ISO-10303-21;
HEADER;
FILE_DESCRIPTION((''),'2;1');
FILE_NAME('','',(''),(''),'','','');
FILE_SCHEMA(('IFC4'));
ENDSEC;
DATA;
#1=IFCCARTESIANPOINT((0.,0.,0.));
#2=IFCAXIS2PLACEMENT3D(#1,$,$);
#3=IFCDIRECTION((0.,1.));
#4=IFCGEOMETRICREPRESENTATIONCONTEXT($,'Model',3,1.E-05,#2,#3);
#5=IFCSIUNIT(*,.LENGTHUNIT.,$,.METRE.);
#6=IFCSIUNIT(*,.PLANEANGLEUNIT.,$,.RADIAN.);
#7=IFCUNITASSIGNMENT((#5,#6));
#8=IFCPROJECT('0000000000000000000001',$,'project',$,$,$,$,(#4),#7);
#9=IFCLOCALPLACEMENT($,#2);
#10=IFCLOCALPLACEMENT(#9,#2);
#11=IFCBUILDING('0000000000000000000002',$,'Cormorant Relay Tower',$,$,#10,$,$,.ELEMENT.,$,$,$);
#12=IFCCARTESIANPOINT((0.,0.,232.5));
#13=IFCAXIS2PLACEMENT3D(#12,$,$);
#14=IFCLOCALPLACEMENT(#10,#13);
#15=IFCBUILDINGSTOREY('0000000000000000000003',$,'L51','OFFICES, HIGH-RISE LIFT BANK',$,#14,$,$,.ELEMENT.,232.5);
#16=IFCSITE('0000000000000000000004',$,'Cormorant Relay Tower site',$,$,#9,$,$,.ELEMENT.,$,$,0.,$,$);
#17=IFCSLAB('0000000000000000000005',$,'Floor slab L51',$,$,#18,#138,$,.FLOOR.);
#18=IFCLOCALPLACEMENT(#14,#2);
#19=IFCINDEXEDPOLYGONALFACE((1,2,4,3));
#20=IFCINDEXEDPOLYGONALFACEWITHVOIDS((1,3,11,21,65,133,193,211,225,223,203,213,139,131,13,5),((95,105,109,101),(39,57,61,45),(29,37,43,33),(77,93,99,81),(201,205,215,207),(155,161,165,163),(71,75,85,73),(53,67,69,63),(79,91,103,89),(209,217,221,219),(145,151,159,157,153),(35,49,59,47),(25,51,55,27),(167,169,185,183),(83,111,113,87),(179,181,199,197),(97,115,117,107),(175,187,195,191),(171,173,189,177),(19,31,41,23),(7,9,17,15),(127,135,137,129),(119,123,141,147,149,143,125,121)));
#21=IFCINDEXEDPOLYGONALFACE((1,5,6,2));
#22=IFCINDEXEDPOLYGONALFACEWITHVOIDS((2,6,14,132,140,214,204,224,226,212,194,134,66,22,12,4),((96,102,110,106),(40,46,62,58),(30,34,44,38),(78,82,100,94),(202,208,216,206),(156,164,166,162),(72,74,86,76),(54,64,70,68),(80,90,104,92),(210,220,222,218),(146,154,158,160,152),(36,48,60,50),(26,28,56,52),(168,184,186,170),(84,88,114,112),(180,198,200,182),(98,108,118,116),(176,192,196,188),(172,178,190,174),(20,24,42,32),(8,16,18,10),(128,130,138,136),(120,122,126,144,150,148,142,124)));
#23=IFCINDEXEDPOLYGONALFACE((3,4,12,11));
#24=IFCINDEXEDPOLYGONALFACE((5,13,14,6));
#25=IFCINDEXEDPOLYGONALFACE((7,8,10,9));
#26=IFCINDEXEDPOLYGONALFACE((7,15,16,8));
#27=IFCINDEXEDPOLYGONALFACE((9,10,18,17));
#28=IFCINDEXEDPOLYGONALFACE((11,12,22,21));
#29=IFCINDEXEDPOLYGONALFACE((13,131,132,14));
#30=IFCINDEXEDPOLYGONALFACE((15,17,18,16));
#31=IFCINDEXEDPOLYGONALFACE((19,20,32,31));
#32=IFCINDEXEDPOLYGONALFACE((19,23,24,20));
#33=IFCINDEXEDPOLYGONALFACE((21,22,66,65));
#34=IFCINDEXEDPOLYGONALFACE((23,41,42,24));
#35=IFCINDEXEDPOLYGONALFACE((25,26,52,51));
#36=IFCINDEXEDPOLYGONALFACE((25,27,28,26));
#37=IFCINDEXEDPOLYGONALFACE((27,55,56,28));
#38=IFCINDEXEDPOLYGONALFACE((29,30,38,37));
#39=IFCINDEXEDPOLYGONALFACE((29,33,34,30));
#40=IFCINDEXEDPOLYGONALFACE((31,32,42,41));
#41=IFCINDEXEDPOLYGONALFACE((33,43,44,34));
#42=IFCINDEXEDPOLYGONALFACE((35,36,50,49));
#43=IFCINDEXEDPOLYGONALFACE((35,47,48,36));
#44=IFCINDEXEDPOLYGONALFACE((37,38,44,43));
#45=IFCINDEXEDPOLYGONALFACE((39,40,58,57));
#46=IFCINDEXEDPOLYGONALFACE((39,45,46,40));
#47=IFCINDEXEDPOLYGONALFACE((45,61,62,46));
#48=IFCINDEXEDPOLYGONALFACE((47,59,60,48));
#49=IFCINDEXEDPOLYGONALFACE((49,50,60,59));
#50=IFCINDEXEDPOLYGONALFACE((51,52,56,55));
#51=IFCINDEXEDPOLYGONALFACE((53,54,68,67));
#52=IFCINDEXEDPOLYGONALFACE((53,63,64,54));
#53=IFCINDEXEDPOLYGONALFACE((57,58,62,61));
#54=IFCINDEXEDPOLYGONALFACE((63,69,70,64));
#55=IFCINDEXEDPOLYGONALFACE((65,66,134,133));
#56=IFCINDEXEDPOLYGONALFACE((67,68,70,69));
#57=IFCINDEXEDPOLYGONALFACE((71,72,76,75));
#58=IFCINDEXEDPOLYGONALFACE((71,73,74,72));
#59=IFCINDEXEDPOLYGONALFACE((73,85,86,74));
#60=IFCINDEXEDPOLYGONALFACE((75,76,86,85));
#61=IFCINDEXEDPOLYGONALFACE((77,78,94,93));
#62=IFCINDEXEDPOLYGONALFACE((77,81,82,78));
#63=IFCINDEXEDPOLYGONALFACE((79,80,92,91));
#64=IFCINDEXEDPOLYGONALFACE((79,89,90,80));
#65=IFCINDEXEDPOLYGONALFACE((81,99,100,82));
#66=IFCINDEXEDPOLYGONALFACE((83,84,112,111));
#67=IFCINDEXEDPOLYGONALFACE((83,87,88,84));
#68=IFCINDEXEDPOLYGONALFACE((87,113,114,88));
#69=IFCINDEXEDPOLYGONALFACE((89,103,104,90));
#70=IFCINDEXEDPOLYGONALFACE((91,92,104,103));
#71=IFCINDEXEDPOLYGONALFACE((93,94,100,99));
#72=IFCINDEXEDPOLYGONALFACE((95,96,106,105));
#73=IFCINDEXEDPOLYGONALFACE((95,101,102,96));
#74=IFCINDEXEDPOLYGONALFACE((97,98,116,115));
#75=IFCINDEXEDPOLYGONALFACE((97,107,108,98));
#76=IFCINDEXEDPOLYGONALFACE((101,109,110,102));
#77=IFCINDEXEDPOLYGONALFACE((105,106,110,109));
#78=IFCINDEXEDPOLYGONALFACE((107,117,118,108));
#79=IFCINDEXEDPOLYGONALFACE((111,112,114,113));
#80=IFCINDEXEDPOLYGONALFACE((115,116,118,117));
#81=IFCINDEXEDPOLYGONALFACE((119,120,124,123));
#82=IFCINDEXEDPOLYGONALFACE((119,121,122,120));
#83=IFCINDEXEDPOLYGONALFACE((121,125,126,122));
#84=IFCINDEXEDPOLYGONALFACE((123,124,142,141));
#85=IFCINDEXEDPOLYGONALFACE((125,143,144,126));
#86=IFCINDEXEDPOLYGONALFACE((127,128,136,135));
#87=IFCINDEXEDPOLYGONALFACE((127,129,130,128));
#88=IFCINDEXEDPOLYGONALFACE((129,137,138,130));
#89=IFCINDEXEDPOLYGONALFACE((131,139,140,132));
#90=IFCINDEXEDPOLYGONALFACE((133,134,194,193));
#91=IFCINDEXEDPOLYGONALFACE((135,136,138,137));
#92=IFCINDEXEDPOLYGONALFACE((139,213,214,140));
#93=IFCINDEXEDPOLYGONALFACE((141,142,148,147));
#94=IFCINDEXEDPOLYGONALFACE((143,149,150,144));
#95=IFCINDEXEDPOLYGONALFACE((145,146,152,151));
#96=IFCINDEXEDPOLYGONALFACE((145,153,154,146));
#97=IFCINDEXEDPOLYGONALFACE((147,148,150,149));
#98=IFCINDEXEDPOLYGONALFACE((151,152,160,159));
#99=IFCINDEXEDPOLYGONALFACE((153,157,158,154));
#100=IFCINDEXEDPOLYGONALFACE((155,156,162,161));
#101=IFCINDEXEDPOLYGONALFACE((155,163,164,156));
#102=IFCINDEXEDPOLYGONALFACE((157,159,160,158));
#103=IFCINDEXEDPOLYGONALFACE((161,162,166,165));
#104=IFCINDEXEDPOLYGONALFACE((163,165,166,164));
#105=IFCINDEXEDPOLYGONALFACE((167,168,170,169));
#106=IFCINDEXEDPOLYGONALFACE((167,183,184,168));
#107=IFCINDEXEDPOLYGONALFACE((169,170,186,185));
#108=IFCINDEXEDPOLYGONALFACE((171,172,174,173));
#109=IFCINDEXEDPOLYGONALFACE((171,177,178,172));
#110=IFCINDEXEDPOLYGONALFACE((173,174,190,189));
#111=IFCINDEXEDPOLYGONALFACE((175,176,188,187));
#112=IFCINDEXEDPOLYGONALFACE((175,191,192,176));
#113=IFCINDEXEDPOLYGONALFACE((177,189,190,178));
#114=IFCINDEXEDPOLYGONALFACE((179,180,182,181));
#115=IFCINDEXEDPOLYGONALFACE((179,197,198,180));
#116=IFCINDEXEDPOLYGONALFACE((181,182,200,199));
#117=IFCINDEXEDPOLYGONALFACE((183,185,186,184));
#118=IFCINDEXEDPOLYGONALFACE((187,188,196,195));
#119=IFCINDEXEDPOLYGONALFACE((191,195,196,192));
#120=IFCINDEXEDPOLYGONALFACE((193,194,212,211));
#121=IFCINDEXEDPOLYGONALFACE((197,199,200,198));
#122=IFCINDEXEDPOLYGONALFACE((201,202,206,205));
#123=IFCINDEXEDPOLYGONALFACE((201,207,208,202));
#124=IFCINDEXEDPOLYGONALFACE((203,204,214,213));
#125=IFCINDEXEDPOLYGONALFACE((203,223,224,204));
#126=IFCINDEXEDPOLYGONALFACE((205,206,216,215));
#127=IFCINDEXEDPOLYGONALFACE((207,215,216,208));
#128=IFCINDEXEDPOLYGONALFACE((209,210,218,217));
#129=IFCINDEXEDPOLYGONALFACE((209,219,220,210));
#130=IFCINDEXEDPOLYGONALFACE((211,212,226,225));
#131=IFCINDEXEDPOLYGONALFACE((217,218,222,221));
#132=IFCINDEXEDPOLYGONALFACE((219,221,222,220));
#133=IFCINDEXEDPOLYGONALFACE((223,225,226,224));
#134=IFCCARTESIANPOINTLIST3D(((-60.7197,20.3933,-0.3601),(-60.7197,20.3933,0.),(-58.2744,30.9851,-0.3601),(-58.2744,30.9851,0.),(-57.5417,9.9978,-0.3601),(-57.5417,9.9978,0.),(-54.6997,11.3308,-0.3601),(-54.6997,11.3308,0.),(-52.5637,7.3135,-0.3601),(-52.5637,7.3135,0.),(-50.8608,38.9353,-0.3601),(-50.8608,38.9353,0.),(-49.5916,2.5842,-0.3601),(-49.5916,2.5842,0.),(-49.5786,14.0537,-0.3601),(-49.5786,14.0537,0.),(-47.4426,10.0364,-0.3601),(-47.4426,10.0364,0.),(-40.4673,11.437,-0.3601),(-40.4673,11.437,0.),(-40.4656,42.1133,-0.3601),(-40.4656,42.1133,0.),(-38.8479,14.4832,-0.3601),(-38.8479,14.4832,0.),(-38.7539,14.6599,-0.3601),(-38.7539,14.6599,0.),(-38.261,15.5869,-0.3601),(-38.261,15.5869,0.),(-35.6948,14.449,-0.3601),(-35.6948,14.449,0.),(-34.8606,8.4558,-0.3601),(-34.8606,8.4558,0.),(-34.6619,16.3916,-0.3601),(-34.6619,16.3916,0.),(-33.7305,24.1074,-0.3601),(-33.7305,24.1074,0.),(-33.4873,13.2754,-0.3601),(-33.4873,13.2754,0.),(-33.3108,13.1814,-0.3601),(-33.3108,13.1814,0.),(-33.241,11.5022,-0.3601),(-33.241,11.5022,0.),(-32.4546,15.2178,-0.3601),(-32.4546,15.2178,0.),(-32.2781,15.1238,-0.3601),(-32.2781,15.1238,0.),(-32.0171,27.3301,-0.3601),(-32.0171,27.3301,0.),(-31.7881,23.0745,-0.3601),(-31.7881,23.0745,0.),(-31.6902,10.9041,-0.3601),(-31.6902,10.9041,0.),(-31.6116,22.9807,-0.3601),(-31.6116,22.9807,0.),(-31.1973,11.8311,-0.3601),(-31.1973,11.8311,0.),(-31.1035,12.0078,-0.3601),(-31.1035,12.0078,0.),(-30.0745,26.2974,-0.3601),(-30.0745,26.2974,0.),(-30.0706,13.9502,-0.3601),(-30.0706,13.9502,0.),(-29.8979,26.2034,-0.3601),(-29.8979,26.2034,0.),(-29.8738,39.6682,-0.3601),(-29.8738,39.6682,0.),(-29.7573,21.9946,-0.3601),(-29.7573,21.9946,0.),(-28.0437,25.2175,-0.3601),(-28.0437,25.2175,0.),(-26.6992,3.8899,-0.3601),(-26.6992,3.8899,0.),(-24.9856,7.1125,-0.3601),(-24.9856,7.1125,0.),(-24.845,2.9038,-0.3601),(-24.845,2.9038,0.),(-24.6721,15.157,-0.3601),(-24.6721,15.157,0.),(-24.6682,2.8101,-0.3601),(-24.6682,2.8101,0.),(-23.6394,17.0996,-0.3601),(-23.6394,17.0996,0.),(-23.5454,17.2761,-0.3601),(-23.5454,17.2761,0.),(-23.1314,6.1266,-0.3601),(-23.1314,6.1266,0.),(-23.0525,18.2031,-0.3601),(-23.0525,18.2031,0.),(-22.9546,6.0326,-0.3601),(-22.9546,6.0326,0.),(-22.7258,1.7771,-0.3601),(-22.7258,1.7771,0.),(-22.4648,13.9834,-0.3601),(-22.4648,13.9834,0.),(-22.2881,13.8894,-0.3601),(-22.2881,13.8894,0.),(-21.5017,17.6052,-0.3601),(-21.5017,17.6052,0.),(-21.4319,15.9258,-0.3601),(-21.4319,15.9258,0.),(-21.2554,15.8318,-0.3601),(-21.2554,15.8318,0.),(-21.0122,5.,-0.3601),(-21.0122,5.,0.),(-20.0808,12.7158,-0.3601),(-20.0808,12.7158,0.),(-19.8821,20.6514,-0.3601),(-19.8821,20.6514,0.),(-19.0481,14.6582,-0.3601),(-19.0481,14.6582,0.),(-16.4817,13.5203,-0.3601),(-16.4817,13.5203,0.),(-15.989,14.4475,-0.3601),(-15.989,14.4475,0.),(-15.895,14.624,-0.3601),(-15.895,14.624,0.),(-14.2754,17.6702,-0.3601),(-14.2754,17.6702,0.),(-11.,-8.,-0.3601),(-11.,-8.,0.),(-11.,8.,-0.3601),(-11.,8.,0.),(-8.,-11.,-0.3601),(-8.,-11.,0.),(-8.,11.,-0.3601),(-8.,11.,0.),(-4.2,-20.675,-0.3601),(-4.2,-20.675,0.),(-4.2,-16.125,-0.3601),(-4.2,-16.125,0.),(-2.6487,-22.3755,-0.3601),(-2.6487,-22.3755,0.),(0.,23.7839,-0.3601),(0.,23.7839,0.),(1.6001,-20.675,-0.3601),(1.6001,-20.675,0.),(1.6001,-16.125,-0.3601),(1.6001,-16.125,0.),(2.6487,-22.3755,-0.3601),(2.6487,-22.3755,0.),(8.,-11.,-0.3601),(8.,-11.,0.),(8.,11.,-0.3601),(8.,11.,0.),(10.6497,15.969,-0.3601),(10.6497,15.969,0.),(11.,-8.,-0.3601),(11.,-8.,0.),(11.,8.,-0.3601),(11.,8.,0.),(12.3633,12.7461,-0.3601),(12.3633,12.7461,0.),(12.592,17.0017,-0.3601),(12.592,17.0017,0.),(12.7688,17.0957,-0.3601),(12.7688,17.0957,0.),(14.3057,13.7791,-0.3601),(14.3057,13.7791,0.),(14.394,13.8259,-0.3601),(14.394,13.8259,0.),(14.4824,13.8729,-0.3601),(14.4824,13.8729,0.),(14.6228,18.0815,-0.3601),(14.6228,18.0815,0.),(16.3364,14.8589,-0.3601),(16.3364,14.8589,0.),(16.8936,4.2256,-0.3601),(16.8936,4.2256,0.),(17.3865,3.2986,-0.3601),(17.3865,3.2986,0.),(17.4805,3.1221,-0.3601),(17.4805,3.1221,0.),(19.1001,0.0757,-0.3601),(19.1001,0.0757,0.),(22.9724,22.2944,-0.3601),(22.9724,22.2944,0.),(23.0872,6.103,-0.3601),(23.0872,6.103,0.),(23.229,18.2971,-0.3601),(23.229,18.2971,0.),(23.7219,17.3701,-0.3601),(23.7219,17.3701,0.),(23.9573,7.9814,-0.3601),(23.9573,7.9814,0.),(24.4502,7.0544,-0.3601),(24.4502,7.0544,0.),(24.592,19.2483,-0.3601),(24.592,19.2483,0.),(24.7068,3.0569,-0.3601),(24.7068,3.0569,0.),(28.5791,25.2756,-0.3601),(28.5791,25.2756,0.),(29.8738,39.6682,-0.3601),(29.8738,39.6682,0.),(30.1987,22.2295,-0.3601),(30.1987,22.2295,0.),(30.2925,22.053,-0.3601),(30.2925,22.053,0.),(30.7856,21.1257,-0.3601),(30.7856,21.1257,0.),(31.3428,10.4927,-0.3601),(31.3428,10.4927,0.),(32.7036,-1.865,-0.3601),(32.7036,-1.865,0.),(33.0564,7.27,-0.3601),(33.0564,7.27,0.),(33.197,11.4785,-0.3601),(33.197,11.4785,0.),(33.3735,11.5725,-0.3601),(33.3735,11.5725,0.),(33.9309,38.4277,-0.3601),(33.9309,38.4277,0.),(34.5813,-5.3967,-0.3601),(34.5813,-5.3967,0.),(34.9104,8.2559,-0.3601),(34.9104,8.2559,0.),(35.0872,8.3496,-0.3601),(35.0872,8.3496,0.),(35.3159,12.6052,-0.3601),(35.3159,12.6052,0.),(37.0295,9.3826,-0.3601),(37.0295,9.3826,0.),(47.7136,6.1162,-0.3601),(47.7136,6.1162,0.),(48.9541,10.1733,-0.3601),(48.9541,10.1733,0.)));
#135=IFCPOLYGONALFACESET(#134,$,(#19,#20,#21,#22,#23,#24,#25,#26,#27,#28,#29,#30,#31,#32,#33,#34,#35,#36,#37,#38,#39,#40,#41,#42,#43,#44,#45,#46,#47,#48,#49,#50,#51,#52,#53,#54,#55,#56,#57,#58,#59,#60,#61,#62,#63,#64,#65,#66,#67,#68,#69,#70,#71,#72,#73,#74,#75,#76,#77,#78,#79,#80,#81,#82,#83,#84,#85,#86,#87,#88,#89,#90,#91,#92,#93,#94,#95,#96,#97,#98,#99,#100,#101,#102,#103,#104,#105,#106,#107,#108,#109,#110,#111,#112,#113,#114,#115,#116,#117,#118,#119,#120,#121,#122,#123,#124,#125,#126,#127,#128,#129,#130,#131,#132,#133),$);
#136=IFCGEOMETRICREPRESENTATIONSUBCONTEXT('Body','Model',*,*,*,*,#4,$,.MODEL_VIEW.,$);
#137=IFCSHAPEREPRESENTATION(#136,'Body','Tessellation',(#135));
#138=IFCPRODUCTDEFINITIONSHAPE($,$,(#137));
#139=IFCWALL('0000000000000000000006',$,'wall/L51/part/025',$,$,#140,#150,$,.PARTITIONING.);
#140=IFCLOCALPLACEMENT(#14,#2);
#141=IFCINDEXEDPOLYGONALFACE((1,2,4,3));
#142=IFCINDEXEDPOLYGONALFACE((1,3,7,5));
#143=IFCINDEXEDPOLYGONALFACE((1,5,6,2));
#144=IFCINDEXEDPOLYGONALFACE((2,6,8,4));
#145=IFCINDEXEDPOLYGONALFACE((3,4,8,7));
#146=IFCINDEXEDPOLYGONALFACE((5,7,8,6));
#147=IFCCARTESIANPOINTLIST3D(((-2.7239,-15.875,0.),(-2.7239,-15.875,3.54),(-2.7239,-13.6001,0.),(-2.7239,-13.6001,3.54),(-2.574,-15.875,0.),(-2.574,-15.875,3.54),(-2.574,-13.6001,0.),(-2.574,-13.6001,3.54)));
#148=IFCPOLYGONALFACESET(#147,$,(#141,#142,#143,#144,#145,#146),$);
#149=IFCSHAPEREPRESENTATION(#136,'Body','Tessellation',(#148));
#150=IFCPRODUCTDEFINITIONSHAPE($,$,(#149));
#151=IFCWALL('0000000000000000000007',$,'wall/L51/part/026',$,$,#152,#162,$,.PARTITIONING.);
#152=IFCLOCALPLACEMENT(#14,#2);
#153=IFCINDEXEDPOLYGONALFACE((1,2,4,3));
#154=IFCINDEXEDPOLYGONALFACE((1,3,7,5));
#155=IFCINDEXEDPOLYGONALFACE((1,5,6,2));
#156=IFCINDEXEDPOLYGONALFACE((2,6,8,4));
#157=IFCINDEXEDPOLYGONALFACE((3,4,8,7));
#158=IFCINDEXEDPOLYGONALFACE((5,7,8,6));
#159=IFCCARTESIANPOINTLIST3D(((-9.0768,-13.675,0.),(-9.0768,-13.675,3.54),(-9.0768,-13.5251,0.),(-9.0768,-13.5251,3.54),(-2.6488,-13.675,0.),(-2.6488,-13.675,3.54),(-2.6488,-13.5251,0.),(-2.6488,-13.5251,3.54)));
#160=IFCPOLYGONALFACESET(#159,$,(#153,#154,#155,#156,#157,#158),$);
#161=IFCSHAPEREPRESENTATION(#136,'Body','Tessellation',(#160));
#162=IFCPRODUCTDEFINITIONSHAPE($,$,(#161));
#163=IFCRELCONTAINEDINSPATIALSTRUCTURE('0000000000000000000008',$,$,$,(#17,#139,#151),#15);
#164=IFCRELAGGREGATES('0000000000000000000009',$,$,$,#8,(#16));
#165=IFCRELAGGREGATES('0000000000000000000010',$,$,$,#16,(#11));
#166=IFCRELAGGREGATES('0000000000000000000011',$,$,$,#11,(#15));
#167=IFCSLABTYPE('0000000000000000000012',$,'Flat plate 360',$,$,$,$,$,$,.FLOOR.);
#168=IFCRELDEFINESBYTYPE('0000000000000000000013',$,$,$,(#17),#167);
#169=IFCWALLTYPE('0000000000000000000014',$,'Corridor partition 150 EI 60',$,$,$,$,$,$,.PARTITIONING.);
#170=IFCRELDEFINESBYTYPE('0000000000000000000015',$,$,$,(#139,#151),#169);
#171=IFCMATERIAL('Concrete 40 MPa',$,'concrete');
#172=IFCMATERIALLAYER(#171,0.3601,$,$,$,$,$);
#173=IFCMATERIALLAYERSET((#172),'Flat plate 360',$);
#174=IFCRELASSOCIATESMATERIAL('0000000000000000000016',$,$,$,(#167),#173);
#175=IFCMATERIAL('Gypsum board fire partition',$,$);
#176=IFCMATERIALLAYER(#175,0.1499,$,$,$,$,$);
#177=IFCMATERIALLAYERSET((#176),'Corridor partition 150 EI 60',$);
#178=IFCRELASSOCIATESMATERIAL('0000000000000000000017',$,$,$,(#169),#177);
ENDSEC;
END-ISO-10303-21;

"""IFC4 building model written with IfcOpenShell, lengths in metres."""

from ifc_helpers import new_model, si_unit, direction, frame, frame_2d, origin, place, context, subcontext, project, spatial, polyline, rectangle, outline, extrude, material, layer, layer_set, type_object, element, save


model = new_model("IFC4")

# Units and contexts
model_context = context("Model", 3, precision=1e-05, world=origin(), true_north=direction((0.0, 1.0)))
body_context = subcontext(model_context, "Body", "Model", "MODEL_VIEW")
ifc_project = project(units=[si_unit("LENGTHUNIT", "METRE"), si_unit("PLANEANGLEUNIT", "RADIAN")], contexts=[model_context])

# Site, building, storey
site_placement = place(None, origin())
site = spatial("IfcSite", under=ifc_project, at=site_placement, Name="Cormorant Relay Tower site", CompositionType="ELEMENT", RefElevation=0.0)
building_placement = place(site_placement, origin())
building = spatial("IfcBuilding", under=site, at=building_placement, Name="Cormorant Relay Tower", CompositionType="ELEMENT")
storey_placement = place(building_placement, frame((0.0, 0.0, 232.5)))
storey = spatial("IfcBuildingStorey", under=building, at=storey_placement, Name="L51", Description="OFFICES, HIGH-RISE LIFT BANK", CompositionType="ELEMENT", Elevation=232.5)

# Slab
ifc_material_1 = material(Name="Concrete 40 MPa", Category="concrete")
ifc_layer_1 = layer(ifc_material_1, 0.3601)
ifc_layer_set_1 = layer_set([ifc_layer_1], Name="Flat plate 360")
slab_type_1 = type_object("IfcSlabType", Name="Flat plate 360", PredefinedType="FLOOR", material=ifc_layer_set_1)
slab_1_placement = place(storey_placement, frame((0.0, 0.0, -0.3601)))
element("IfcSlab", 1, at=slab_1_placement, inside=storey, type_object=slab_type_1, Name="Floor slab L51", PredefinedType="FLOOR", context=body_context, shape_type="SweptSolid", body=[
    extrude(outline(polyline([(-60.7197, 20.3933), (-58.2744, 30.9851), (-50.8608, 38.9353), (-40.4656, 42.1133), (-29.8738, 39.6682), (0.0, 23.7839), (29.8738, 39.6682), (33.9309, 38.4277), (48.9541, 10.1733), (47.7136, 6.1162), (32.7036, -1.865), (34.5813, -5.3967), (2.6487, -22.3755), (-2.6487, -22.3755), (-49.5916, 2.5842), (-57.5417, 9.9978), (-60.7197, 20.3933)]), holes=[polyline([(11.0, -8.0), (11.0, 8.0), (8.0, 11.0), (-8.0, 11.0), (-11.0, 8.0), (-11.0, -8.0), (-8.0, -11.0), (8.0, -11.0), (11.0, -8.0)]), polyline([(-22.9546, 6.0327), (-24.6682, 2.8101), (-22.7258, 1.7771), (-21.0122, 5.0), (-23.043, 6.0796), (-22.9546, 6.0327)]), polyline([(-24.9856, 7.1125), (-26.6992, 3.8899), (-24.845, 2.9038), (-23.1313, 6.1267), (-23.043, 6.0796), (-24.9856, 7.1125)]), polyline([(-54.6997, 11.3308), (-52.5637, 7.3135), (-47.4426, 10.0364), (-49.5786, 14.0537), (-54.6997, 11.3308)]), polyline([(-33.241, 11.5022), (-38.8479, 14.4832), (-40.4673, 11.437), (-34.8606, 8.4558), (-33.241, 11.5022)]), polyline([(-38.261, 15.5869), (-38.7539, 14.6599), (-31.6902, 10.9041), (-31.1973, 11.8311), (-38.261, 15.5869)]), polyline([(-31.1035, 12.0078), (-30.0706, 13.9502), (-32.2781, 15.1238), (-33.3108, 13.1814), (-31.1035, 12.0078)]), polyline([(-22.2881, 13.8894), (-20.0808, 12.7158), (-19.0481, 14.6582), (-21.2554, 15.8318), (-22.2881, 13.8894)]), polyline([(-34.6619, 16.3916), (-35.6948, 14.449), (-33.4873, 13.2754), (-32.4546, 15.2178), (-34.6619, 16.3916)]), polyline([(-22.4648, 13.9834), (-21.4319, 15.9258), (-23.6394, 17.0996), (-24.6721, 15.157), (-22.4648, 13.9834)]), polyline([(-31.6116, 22.9807), (-29.7573, 21.9946), (-28.0437, 25.2175), (-29.8979, 26.2034), (-31.6116, 22.9807)]), polyline([(-32.0171, 27.3301), (-33.7305, 24.1074), (-31.7881, 23.0745), (-30.0745, 26.2974), (-32.0171, 27.3301)]), polyline([(-4.2, -16.125), (-4.2, -20.675), (1.6001, -20.675), (1.6001, -16.125), (-4.2, -16.125)]), polyline([(17.4805, 3.1221), (19.1001, 0.0757), (24.7068, 3.0569), (23.0872, 6.103), (17.4805, 3.1221)]), polyline([(17.3865, 3.2986), (24.4502, 7.0544), (23.9573, 7.9814), (16.8936, 4.2256), (17.3865, 3.2986)]), polyline([(33.197, 11.4785), (31.3428, 10.4927), (33.0564, 7.27), (34.9104, 8.2559), (33.197, 11.4785)]), polyline([(33.3735, 11.5725), (35.0872, 8.3496), (37.0295, 9.3826), (35.3159, 12.6052), (33.3735, 11.5725)]), polyline([(14.3057, 13.7791), (12.592, 17.0017), (10.6497, 15.969), (12.3633, 12.7461), (14.394, 13.8259), (14.3057, 13.7791)]), polyline([(16.3364, 14.8589), (14.6228, 18.0815), (12.7688, 17.0957), (14.4824, 13.8728), (14.394, 13.8259), (16.3364, 14.8589)]), polyline([(-16.4817, 13.5203), (-15.989, 14.4475), (-23.0525, 18.2031), (-23.5454, 17.2761), (-16.4817, 13.5203)]), polyline([(-15.895, 14.624), (-14.2754, 17.6702), (-19.8821, 20.6514), (-21.5017, 17.6052), (-15.895, 14.624)]), polyline([(30.7856, 21.1257), (30.2925, 22.053), (23.229, 18.2971), (23.7219, 17.3701), (30.7856, 21.1257)]), polyline([(24.592, 19.2483), (30.1987, 22.2295), (28.5791, 25.2756), (22.9724, 22.2944), (24.592, 19.2483)])]), origin(), (0.0, 0.0, 1.0), 0.3601),
])

# Walls
ifc_material_2 = material(Name="Gypsum board fire partition")
ifc_layer_2 = layer(ifc_material_2, 0.1499)
ifc_layer_set_2 = layer_set([ifc_layer_2], Name="Corridor partition 150 EI 60")
wall_type_1 = type_object("IfcWallType", Name="Corridor partition 150 EI 60", PredefinedType="PARTITIONING", material=ifc_layer_set_2)
wall_1_placement = place(storey_placement, frame((-2.6489, -15.875, 0.0), z_axis=(0.0, 0.0, 1.0), x_axis=(0.0, 1.0, 0.0)))
element("IfcWall", 2, at=wall_1_placement, inside=storey, type_object=wall_type_1, Name="wall/L51/part/025", PredefinedType="PARTITIONING", context=body_context, shape_type="SweptSolid", body=[
    extrude(rectangle(XDim=2.2749, YDim=0.1499, at=frame_2d((1.1375, 0.0))), origin(), (0.0, 0.0, 1.0), 3.54),
])
wall_2_placement = place(storey_placement, frame((-2.6489, -13.6001, 0.0), z_axis=(0.0, 0.0, 1.0), x_axis=(-1.0, 0.0, 0.0)))
element("IfcWall", 3, at=wall_2_placement, inside=storey, type_object=wall_type_1, Name="wall/L51/part/026", PredefinedType="PARTITIONING", context=body_context, shape_type="SweptSolid", body=[
    extrude(rectangle(XDim=6.428, YDim=0.1499, at=frame_2d((3.2139, 0.0))), origin(), (0.0, 0.0, 1.0), 3.54),
])

save(model, "model.ifc")
